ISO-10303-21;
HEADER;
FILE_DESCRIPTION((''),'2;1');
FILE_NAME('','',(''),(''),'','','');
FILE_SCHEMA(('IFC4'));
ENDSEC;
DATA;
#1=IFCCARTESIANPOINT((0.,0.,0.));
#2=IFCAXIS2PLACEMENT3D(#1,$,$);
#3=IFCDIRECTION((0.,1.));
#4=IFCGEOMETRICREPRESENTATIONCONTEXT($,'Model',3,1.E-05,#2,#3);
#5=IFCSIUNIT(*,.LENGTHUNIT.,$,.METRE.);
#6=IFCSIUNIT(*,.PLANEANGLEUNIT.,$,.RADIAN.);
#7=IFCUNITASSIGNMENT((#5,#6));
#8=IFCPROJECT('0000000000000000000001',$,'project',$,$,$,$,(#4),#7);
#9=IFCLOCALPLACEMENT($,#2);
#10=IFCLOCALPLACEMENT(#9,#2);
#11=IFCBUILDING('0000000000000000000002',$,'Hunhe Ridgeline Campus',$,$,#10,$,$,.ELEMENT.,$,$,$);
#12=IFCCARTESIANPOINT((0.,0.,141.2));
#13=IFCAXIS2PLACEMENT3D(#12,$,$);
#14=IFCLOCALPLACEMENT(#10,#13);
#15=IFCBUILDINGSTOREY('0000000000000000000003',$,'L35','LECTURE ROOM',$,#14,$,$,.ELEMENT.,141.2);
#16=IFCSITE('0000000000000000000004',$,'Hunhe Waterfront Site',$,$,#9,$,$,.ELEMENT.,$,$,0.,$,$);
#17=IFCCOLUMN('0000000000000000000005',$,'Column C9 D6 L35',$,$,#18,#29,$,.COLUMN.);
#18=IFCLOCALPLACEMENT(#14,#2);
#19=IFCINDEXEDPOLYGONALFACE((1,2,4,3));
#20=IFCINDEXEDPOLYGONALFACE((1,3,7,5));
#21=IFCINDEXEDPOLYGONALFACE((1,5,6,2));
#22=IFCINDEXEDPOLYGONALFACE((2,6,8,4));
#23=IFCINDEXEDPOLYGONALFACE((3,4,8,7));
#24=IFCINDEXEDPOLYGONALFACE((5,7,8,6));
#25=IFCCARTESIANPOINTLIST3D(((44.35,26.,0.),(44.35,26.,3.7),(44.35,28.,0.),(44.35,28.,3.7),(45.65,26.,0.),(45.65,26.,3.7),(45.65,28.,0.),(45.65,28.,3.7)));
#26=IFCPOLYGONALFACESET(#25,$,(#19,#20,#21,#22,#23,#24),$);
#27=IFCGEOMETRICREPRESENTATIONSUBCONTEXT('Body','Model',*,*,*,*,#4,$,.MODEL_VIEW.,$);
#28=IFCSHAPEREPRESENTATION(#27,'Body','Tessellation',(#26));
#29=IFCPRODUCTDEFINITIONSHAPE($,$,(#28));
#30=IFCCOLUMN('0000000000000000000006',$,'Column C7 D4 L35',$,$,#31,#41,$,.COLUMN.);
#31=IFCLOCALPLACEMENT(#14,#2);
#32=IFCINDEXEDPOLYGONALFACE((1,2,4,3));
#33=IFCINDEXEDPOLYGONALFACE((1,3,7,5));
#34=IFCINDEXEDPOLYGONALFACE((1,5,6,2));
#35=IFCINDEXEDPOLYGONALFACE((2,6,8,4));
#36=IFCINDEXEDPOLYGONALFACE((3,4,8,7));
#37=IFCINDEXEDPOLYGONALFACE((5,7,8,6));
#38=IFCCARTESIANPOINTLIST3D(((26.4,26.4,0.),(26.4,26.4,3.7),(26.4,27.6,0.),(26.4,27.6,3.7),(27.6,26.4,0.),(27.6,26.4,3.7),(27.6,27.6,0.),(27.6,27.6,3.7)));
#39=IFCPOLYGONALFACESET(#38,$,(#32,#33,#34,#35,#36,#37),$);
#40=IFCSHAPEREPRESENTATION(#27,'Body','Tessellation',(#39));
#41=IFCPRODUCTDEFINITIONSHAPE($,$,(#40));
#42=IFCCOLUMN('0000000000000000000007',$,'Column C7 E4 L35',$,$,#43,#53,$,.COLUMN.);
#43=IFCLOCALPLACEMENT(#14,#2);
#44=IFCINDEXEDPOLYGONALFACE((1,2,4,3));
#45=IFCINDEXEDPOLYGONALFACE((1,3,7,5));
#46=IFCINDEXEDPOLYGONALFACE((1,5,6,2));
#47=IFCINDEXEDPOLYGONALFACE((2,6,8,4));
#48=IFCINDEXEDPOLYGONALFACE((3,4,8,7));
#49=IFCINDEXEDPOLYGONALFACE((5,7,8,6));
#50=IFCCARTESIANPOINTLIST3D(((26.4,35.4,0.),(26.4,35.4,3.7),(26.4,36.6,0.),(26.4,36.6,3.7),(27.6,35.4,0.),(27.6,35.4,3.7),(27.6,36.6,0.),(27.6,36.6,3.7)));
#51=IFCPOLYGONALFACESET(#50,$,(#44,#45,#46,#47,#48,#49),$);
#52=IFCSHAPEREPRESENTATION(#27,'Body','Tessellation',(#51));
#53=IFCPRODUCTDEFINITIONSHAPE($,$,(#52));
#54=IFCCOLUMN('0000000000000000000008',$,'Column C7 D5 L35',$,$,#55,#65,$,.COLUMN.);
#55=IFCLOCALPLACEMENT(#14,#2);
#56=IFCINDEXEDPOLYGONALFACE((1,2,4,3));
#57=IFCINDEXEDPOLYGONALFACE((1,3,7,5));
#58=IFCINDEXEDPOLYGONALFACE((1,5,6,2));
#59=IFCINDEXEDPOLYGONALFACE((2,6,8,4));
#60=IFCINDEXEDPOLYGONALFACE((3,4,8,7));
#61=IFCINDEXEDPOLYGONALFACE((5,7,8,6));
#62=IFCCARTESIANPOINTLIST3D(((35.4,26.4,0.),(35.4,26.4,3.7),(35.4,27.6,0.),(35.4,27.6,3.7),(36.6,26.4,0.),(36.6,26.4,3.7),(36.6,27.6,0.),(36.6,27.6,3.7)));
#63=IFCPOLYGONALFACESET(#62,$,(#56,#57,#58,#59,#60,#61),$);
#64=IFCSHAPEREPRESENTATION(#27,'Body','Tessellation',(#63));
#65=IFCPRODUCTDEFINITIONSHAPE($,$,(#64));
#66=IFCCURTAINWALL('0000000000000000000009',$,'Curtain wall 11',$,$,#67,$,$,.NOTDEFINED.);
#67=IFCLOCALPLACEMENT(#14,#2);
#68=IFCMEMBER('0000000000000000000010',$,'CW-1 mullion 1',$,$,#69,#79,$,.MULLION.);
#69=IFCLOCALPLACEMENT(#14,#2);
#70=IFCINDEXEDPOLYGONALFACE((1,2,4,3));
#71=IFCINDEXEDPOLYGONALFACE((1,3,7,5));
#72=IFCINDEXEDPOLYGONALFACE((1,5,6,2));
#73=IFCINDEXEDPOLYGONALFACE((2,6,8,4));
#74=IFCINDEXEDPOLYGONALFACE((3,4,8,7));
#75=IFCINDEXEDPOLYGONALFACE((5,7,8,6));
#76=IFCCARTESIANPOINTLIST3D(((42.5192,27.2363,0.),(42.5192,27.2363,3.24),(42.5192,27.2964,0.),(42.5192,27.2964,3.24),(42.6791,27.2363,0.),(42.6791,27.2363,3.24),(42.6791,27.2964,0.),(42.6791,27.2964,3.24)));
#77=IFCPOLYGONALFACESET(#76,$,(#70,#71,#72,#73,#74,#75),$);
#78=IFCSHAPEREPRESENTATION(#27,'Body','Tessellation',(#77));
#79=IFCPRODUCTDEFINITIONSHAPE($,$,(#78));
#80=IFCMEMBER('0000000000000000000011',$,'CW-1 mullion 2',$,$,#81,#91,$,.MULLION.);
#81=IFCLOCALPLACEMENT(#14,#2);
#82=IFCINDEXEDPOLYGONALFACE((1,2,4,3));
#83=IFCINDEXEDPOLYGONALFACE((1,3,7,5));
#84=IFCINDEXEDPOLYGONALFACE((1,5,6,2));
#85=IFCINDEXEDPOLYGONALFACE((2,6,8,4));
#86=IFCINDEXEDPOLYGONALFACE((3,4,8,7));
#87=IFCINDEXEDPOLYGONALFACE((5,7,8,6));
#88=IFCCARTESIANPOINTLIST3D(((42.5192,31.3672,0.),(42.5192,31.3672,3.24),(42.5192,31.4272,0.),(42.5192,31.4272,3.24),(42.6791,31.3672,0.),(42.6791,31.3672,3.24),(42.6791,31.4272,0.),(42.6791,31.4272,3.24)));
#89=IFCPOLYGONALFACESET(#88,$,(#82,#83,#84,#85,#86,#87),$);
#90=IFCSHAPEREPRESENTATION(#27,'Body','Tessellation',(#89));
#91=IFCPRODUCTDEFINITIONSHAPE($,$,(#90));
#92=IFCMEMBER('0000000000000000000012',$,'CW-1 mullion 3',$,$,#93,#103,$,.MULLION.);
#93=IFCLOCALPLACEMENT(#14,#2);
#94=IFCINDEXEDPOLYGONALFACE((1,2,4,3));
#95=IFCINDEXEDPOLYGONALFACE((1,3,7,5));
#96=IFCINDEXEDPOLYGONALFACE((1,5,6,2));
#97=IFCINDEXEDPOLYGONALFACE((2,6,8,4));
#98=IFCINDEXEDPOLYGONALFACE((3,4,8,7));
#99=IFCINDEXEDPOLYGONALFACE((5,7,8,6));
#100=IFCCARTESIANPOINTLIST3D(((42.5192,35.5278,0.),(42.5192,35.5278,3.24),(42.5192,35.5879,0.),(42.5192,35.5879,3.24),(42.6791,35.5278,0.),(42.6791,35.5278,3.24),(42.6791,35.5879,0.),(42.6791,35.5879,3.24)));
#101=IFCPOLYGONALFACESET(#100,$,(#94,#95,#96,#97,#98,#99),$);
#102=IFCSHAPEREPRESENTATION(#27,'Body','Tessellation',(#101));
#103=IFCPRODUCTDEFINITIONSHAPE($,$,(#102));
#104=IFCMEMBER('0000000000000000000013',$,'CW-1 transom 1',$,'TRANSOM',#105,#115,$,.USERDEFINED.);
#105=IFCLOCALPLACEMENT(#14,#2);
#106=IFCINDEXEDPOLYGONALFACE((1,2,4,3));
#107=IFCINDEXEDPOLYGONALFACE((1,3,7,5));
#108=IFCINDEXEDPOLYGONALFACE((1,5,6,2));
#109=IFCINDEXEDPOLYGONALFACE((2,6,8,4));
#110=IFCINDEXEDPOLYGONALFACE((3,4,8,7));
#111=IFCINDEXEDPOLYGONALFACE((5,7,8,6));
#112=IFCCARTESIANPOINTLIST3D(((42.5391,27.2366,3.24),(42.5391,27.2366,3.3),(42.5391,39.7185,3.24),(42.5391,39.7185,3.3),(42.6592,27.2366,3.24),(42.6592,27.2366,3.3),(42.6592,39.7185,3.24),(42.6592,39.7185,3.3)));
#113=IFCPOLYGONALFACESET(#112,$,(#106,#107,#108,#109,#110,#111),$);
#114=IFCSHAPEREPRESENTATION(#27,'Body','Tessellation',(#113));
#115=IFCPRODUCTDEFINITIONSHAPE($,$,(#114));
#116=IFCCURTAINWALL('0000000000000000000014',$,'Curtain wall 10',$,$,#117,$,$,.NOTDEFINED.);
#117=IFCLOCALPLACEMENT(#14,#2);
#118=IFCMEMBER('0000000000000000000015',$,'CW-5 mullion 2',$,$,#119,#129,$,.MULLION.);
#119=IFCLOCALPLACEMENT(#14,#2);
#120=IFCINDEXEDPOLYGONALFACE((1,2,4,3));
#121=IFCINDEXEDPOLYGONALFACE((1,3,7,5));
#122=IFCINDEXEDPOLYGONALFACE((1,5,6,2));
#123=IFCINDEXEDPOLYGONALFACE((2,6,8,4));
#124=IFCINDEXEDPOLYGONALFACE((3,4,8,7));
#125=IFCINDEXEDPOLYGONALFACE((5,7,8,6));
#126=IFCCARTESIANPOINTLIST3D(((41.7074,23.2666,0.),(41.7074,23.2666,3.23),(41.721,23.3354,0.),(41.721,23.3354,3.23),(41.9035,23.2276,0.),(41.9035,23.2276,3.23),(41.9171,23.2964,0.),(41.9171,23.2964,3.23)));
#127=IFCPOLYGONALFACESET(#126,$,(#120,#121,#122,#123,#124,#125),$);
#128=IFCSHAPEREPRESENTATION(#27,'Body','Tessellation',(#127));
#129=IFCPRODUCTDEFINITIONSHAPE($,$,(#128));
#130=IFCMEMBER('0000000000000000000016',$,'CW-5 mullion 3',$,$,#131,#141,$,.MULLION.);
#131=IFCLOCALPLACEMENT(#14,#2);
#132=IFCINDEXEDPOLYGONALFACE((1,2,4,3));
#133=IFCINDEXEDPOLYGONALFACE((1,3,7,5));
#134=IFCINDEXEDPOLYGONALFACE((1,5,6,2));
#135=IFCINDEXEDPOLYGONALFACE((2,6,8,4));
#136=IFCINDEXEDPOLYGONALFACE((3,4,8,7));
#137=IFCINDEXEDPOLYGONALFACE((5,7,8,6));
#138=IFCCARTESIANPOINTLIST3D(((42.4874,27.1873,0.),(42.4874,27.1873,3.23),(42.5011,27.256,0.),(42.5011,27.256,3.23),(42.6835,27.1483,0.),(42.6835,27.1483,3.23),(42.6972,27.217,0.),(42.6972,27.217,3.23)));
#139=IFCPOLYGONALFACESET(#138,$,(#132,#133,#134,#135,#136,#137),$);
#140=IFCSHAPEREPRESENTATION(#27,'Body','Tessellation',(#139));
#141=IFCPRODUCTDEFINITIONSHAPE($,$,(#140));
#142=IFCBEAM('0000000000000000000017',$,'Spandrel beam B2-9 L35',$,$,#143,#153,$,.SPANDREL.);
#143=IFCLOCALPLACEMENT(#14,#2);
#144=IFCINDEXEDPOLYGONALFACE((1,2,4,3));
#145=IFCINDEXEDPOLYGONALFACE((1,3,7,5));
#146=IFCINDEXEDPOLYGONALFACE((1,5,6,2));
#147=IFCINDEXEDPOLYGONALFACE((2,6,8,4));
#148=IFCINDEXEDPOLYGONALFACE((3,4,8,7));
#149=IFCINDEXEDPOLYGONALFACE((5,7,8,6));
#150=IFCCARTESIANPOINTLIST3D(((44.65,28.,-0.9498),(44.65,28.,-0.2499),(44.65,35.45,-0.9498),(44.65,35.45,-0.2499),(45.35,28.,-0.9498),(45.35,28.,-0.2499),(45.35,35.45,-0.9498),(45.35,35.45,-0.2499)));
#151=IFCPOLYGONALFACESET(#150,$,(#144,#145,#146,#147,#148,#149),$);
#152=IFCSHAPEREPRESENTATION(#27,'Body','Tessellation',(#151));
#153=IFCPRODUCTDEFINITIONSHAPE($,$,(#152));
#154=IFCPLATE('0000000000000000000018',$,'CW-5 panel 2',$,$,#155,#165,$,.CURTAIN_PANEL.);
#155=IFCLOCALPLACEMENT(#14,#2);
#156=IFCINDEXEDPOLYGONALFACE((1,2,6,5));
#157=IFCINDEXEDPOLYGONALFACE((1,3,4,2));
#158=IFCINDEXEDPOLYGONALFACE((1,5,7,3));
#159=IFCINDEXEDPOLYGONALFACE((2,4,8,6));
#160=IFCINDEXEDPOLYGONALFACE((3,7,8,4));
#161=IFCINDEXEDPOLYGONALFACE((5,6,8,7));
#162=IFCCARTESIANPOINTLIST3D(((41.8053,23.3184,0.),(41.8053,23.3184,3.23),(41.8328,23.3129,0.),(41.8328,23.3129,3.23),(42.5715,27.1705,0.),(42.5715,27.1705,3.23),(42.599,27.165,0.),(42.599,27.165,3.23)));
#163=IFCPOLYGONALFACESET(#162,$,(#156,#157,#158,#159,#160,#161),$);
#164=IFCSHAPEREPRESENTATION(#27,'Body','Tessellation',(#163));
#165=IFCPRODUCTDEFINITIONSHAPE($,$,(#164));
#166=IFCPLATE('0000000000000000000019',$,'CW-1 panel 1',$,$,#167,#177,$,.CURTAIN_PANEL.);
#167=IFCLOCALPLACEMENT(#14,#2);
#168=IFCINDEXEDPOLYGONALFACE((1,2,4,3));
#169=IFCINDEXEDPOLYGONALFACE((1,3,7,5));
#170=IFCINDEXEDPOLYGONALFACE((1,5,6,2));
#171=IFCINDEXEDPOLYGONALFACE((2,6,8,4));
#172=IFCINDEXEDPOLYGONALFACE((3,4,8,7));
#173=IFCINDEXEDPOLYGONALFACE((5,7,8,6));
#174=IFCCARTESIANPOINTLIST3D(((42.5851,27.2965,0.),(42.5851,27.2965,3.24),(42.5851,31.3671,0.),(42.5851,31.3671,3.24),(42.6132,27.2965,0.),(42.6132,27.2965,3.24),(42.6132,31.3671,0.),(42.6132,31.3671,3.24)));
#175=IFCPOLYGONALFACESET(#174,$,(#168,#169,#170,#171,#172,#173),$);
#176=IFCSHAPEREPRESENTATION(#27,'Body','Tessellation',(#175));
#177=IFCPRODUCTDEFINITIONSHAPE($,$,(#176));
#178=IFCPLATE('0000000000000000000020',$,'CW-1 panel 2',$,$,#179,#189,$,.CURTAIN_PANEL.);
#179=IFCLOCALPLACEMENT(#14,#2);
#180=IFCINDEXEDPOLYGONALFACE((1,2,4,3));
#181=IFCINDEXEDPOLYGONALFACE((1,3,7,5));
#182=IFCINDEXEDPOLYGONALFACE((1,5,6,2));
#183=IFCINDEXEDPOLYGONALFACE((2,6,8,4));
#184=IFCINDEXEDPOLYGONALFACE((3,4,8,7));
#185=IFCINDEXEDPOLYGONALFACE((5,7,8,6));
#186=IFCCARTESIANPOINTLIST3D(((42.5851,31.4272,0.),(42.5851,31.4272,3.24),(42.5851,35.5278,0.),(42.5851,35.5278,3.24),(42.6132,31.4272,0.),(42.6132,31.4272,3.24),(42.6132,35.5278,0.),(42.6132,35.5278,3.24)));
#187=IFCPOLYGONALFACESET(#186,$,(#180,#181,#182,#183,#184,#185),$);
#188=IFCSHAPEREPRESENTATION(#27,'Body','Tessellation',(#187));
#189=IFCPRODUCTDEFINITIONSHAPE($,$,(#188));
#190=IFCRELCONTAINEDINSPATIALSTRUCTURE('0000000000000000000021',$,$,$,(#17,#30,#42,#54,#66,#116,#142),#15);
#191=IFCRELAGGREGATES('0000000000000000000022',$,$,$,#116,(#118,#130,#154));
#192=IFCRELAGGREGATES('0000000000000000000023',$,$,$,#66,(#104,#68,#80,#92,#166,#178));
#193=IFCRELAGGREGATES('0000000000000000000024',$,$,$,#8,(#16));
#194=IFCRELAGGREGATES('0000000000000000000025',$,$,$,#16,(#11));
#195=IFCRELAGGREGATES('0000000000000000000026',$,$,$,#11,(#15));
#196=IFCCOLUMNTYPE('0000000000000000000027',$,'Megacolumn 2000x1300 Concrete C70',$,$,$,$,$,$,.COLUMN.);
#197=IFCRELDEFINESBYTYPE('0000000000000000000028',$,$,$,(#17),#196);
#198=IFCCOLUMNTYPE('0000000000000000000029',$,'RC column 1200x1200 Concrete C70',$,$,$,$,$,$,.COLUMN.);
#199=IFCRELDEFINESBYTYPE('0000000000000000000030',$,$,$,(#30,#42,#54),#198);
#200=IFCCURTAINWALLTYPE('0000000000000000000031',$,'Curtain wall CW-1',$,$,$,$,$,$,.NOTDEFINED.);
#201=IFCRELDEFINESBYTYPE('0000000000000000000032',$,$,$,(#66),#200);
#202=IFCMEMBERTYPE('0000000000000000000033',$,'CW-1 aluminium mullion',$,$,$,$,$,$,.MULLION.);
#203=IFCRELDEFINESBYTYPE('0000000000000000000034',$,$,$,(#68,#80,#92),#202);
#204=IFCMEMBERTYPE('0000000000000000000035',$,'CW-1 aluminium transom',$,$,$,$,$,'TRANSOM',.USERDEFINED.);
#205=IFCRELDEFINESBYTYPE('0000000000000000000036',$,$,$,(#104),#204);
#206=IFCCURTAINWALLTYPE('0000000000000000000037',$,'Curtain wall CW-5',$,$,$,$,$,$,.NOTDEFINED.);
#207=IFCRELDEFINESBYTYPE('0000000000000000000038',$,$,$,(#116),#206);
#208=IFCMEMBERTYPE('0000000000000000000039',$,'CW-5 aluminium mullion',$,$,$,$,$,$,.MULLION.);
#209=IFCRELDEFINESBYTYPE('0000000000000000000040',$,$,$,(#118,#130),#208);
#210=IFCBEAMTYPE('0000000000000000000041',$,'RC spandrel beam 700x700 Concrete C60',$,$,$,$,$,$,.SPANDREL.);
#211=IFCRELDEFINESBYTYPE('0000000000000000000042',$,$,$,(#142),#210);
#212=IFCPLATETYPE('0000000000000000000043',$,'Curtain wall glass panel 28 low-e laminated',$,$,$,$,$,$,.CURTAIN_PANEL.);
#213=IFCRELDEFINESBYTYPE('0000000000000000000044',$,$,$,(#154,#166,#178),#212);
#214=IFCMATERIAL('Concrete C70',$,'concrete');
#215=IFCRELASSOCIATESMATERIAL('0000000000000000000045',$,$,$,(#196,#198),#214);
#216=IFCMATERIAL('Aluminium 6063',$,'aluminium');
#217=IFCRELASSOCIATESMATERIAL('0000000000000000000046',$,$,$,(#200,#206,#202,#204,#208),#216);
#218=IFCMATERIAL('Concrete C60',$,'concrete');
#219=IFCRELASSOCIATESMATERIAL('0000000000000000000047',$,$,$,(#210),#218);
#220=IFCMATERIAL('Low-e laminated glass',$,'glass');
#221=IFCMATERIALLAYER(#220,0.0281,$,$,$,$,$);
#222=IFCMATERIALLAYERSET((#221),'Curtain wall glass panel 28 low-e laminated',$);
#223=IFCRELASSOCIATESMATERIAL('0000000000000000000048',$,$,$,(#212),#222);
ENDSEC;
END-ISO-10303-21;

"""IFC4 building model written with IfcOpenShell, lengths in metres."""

from ifc_helpers import new_model, si_unit, direction, frame, origin, origin_2d, place, context, subcontext, project, spatial, rectangle, extrude, material, layer, layer_set, material_profile, profile_set, type_object, element, aggregate, save


model = new_model("IFC4")

# Units and contexts
model_context = context("Model", 3, precision=1e-05, world=origin(), true_north=direction((0.0, 1.0)))
body_context = subcontext(model_context, "Body", "Model", "MODEL_VIEW")
ifc_project = project(units=[si_unit("LENGTHUNIT", "METRE"), si_unit("PLANEANGLEUNIT", "RADIAN")], contexts=[model_context])

# Site, building, storey
site_placement = place(None, origin())
site = spatial("IfcSite", under=ifc_project, at=site_placement, Name="Hunhe Waterfront Site", CompositionType="ELEMENT", RefElevation=0.0)
building_placement = place(site_placement, origin())
building = spatial("IfcBuilding", under=site, at=building_placement, Name="Hunhe Ridgeline Campus", CompositionType="ELEMENT")
storey_placement = place(building_placement, frame((0.0, 0.0, 141.2)))
storey = spatial("IfcBuildingStorey", under=building, at=storey_placement, Name="L35", Description="LECTURE ROOM", CompositionType="ELEMENT", Elevation=141.2)

# Columns
ifc_material_1 = material(Name="Concrete C70", Category="concrete")
ifc_material_profile_1 = material_profile(ifc_material_1, rectangle(XDim=2.0, YDim=1.3, at=origin_2d()))
ifc_profile_set_1 = profile_set([ifc_material_profile_1], Name="Concrete C70")
column_type_1 = type_object("IfcColumnType", Name="Megacolumn 2000x1300 Concrete C70", PredefinedType="COLUMN", material=ifc_profile_set_1)
column_placement = place(storey_placement, frame((45.0, 27.0, 0.0), z_axis=(0.0, 0.0, 1.0), x_axis=(0.0, 1.0, 0.0)))
element("IfcColumn", 1, at=column_placement, inside=storey, type_object=column_type_1, Name="Column C9 D6 L35", PredefinedType="COLUMN", context=body_context, shape_type="SweptSolid", body=[
    extrude(rectangle(XDim=2.0, YDim=1.3, at=origin_2d()), origin(), (0.0, 0.0, 1.0), 3.7),
])
ifc_material_profile_2 = material_profile(ifc_material_1, rectangle(XDim=1.2, YDim=1.2, at=origin_2d()))
ifc_profile_set_2 = profile_set([ifc_material_profile_2], Name="Concrete C70")
column_type_2 = type_object("IfcColumnType", Name="RC column 1200x1200 Concrete C70", PredefinedType="COLUMN", material=ifc_profile_set_2)
for number, where, z_axis, x_axis, name in (
    (2, (27.0, 27.0, 0.0), (0.0, 0.0, 1.0), (1.0, 0.0, 0.0), "Column C7 D4 L35"),
    (3, (27.0, 36.0, 0.0), (0.0, 0.0, 1.0), (1.0, 0.0, 0.0), "Column C7 E4 L35"),
    (4, (36.0, 27.0, 0.0), (0.0, 0.0, 1.0), (1.0, 0.0, 0.0), "Column C7 D5 L35"),
):
    element("IfcColumn", number, at=place(storey_placement, frame(where, z_axis=z_axis, x_axis=x_axis)), inside=storey, type_object=column_type_2, Name=name, PredefinedType="COLUMN", context=body_context, shape_type="SweptSolid", body=[
        extrude(rectangle(XDim=1.2, YDim=1.2, at=origin_2d()), origin(), (0.0, 0.0, 1.0), 3.7),
    ])

# Curtain walls, members
ifc_material_2 = material(Name="Aluminium 6063", Category="aluminium")
curtain_wall_type_1 = type_object("IfcCurtainWallType", Name="Curtain wall CW-1", PredefinedType="NOTDEFINED", material=ifc_material_2)
curtain_wall_1_placement = place(storey_placement, origin())
curtain_wall_1 = element("IfcCurtainWall", 5, at=curtain_wall_1_placement, inside=storey, type_object=curtain_wall_type_1, Name="Curtain wall 11", PredefinedType="NOTDEFINED")
ifc_material_profile_3 = material_profile(ifc_material_2, rectangle(XDim=0.1599, YDim=0.0601, at=origin_2d()))
ifc_profile_set_3 = profile_set([ifc_material_profile_3], Name="Aluminium 6063")
member_type_1 = type_object("IfcMemberType", Name="CW-1 aluminium mullion", PredefinedType="MULLION", material=ifc_profile_set_3)
member_1_placement = place(storey_placement, frame((42.5991, 27.2664, 0.0), z_axis=(0.0, 0.0, 1.0), x_axis=(-1.0, 0.000004, 0.0)))
member_1 = element("IfcMember", 6, at=member_1_placement, type_object=member_type_1, Name="CW-1 mullion 1", PredefinedType="MULLION", context=body_context, shape_type="SweptSolid", body=[
    extrude(rectangle(XDim=0.1599, YDim=0.0601, at=origin_2d()), origin(), (0.0, 0.0, 1.0), 3.24),
])
member_2_placement = place(storey_placement, frame((42.5991, 31.3972, 0.0), z_axis=(0.0, 0.0, 1.0), x_axis=(-1.0, 0.000004, 0.0)))
member_2 = element("IfcMember", 7, at=member_2_placement, type_object=member_type_1, Name="CW-1 mullion 2", PredefinedType="MULLION", context=body_context, shape_type="SweptSolid", body=[
    extrude(rectangle(XDim=0.1599, YDim=0.0601, at=origin_2d()), origin(), (0.0, 0.0, 1.0), 3.24),
])
member_3_placement = place(storey_placement, frame((42.5991, 35.5579, 0.0), z_axis=(0.0, 0.0, 1.0), x_axis=(-1.0, 0.000004, 0.0)))
member_3 = element("IfcMember", 8, at=member_3_placement, type_object=member_type_1, Name="CW-1 mullion 3", PredefinedType="MULLION", context=body_context, shape_type="SweptSolid", body=[
    extrude(rectangle(XDim=0.1599, YDim=0.0601, at=origin_2d()), origin(), (0.0, 0.0, 1.0), 3.24),
])
ifc_material_profile_4 = material_profile(ifc_material_2, rectangle(XDim=0.1201, YDim=0.0601, at=origin_2d()))
ifc_profile_set_4 = profile_set([ifc_material_profile_4], Name="Aluminium 6063")
member_type_2 = type_object("IfcMemberType", Name="CW-1 aluminium transom", ElementType="TRANSOM", PredefinedType="USERDEFINED", material=ifc_profile_set_4)
member_4_placement = place(storey_placement, frame((42.5991, 27.2366, 3.27), z_axis=(0.0, 1.0, 0.0), x_axis=(-1.0, 0.0, 0.0)))
member_4 = element("IfcMember", 9, at=member_4_placement, type_object=member_type_2, Name="CW-1 transom 1", ObjectType="TRANSOM", PredefinedType="USERDEFINED", context=body_context, shape_type="SweptSolid", body=[
    extrude(rectangle(XDim=0.1201, YDim=0.0601, at=origin_2d()), origin(), (0.0, 0.0, 1.0), 12.4819),
])
curtain_wall_type_2 = type_object("IfcCurtainWallType", Name="Curtain wall CW-5", PredefinedType="NOTDEFINED", material=ifc_material_2)
curtain_wall_2_placement = place(storey_placement, origin())
curtain_wall_2 = element("IfcCurtainWall", 10, at=curtain_wall_2_placement, inside=storey, type_object=curtain_wall_type_2, Name="Curtain wall 10", PredefinedType="NOTDEFINED")
ifc_material_profile_5 = material_profile(ifc_material_2, rectangle(XDim=0.2, YDim=0.0701, at=origin_2d()))
ifc_profile_set_5 = profile_set([ifc_material_profile_5], Name="Aluminium 6063")
member_type_3 = type_object("IfcMemberType", Name="CW-5 aluminium mullion", PredefinedType="MULLION", material=ifc_profile_set_5)
member_5_placement = place(storey_placement, frame((41.8123, 23.2815, 0.0), z_axis=(0.0, 0.0, 1.0), x_axis=(-0.980785, 0.19509, 0.0)))
member_5 = element("IfcMember", 11, at=member_5_placement, type_object=member_type_3, Name="CW-5 mullion 2", PredefinedType="MULLION", context=body_context, shape_type="SweptSolid", body=[
    extrude(rectangle(XDim=0.2, YDim=0.0701, at=origin_2d()), origin(), (0.0, 0.0, 1.0), 3.23),
])
member_6_placement = place(storey_placement, frame((42.5923, 27.2021, 0.0), z_axis=(0.0, 0.0, 1.0), x_axis=(-0.980785, 0.19509, 0.0)))
member_6 = element("IfcMember", 12, at=member_6_placement, type_object=member_type_3, Name="CW-5 mullion 3", PredefinedType="MULLION", context=body_context, shape_type="SweptSolid", body=[
    extrude(rectangle(XDim=0.2, YDim=0.0701, at=origin_2d()), origin(), (0.0, 0.0, 1.0), 3.23),
])

# Beam
ifc_material_3 = material(Name="Concrete C60", Category="concrete")
ifc_material_profile_6 = material_profile(ifc_material_3, rectangle(XDim=0.7, YDim=0.7, at=origin_2d()))
ifc_profile_set_6 = profile_set([ifc_material_profile_6], Name="Concrete C60")
beam_type = type_object("IfcBeamType", Name="RC spandrel beam 700x700 Concrete C60", PredefinedType="SPANDREL", material=ifc_profile_set_6)
beam_placement = place(storey_placement, frame((45.0, 28.0, -0.5999), z_axis=(0.0, 1.0, 0.0), x_axis=(-1.0, 0.0, 0.0)))
element("IfcBeam", 13, at=beam_placement, inside=storey, type_object=beam_type, Name="Spandrel beam B2-9 L35", PredefinedType="SPANDREL", context=body_context, shape_type="SweptSolid", body=[
    extrude(rectangle(XDim=0.7, YDim=0.7, at=origin_2d()), origin(), (0.0, 0.0, 1.0), 7.45),
])

# Plates
ifc_material_4 = material(Name="Low-e laminated glass", Category="glass")
ifc_layer_1 = layer(ifc_material_4, 0.0281)
ifc_layer_set_1 = layer_set([ifc_layer_1], Name="Curtain wall glass panel 28 low-e laminated")
plate_type = type_object("IfcPlateType", Name="Curtain wall glass panel 28 low-e laminated", PredefinedType="CURTAIN_PANEL", material=ifc_layer_set_1)
plate_1_placement = place(storey_placement, frame((42.2021, 25.2417, 0.0), z_axis=(0.0, 0.0, 1.0), x_axis=(0.19509, 0.980785, 0.0)))
plate_1 = element("IfcPlate", 14, at=plate_1_placement, type_object=plate_type, Name="CW-5 panel 2", PredefinedType="CURTAIN_PANEL", context=body_context, shape_type="SweptSolid", body=[
    extrude(rectangle(XDim=3.9275, YDim=0.0281, at=origin_2d()), origin(), (0.0, 0.0, 1.0), 3.23),
])
aggregate(curtain_wall_2, [member_5, member_6, plate_1])
plate_2_placement = place(storey_placement, frame((42.5991, 29.3318, 0.0), z_axis=(0.0, 0.0, 1.0), x_axis=(0.000004, 1.0, 0.0)))
plate_2 = element("IfcPlate", 15, at=plate_2_placement, type_object=plate_type, Name="CW-1 panel 1", PredefinedType="CURTAIN_PANEL", context=body_context, shape_type="SweptSolid", body=[
    extrude(rectangle(XDim=4.0706, YDim=0.0281, at=origin_2d()), origin(), (0.0, 0.0, 1.0), 3.24),
])
plate_3_placement = place(storey_placement, frame((42.5991, 33.4775, 0.0), z_axis=(0.0, 0.0, 1.0), x_axis=(0.000004, 1.0, 0.0)))
plate_3 = element("IfcPlate", 16, at=plate_3_placement, type_object=plate_type, Name="CW-1 panel 2", PredefinedType="CURTAIN_PANEL", context=body_context, shape_type="SweptSolid", body=[
    extrude(rectangle(XDim=4.1006, YDim=0.0281, at=origin_2d()), origin(), (0.0, 0.0, 1.0), 3.24),
])
aggregate(curtain_wall_1, [member_4, member_1, member_2, member_3, plate_2, plate_3])

save(model, "model.ifc")
